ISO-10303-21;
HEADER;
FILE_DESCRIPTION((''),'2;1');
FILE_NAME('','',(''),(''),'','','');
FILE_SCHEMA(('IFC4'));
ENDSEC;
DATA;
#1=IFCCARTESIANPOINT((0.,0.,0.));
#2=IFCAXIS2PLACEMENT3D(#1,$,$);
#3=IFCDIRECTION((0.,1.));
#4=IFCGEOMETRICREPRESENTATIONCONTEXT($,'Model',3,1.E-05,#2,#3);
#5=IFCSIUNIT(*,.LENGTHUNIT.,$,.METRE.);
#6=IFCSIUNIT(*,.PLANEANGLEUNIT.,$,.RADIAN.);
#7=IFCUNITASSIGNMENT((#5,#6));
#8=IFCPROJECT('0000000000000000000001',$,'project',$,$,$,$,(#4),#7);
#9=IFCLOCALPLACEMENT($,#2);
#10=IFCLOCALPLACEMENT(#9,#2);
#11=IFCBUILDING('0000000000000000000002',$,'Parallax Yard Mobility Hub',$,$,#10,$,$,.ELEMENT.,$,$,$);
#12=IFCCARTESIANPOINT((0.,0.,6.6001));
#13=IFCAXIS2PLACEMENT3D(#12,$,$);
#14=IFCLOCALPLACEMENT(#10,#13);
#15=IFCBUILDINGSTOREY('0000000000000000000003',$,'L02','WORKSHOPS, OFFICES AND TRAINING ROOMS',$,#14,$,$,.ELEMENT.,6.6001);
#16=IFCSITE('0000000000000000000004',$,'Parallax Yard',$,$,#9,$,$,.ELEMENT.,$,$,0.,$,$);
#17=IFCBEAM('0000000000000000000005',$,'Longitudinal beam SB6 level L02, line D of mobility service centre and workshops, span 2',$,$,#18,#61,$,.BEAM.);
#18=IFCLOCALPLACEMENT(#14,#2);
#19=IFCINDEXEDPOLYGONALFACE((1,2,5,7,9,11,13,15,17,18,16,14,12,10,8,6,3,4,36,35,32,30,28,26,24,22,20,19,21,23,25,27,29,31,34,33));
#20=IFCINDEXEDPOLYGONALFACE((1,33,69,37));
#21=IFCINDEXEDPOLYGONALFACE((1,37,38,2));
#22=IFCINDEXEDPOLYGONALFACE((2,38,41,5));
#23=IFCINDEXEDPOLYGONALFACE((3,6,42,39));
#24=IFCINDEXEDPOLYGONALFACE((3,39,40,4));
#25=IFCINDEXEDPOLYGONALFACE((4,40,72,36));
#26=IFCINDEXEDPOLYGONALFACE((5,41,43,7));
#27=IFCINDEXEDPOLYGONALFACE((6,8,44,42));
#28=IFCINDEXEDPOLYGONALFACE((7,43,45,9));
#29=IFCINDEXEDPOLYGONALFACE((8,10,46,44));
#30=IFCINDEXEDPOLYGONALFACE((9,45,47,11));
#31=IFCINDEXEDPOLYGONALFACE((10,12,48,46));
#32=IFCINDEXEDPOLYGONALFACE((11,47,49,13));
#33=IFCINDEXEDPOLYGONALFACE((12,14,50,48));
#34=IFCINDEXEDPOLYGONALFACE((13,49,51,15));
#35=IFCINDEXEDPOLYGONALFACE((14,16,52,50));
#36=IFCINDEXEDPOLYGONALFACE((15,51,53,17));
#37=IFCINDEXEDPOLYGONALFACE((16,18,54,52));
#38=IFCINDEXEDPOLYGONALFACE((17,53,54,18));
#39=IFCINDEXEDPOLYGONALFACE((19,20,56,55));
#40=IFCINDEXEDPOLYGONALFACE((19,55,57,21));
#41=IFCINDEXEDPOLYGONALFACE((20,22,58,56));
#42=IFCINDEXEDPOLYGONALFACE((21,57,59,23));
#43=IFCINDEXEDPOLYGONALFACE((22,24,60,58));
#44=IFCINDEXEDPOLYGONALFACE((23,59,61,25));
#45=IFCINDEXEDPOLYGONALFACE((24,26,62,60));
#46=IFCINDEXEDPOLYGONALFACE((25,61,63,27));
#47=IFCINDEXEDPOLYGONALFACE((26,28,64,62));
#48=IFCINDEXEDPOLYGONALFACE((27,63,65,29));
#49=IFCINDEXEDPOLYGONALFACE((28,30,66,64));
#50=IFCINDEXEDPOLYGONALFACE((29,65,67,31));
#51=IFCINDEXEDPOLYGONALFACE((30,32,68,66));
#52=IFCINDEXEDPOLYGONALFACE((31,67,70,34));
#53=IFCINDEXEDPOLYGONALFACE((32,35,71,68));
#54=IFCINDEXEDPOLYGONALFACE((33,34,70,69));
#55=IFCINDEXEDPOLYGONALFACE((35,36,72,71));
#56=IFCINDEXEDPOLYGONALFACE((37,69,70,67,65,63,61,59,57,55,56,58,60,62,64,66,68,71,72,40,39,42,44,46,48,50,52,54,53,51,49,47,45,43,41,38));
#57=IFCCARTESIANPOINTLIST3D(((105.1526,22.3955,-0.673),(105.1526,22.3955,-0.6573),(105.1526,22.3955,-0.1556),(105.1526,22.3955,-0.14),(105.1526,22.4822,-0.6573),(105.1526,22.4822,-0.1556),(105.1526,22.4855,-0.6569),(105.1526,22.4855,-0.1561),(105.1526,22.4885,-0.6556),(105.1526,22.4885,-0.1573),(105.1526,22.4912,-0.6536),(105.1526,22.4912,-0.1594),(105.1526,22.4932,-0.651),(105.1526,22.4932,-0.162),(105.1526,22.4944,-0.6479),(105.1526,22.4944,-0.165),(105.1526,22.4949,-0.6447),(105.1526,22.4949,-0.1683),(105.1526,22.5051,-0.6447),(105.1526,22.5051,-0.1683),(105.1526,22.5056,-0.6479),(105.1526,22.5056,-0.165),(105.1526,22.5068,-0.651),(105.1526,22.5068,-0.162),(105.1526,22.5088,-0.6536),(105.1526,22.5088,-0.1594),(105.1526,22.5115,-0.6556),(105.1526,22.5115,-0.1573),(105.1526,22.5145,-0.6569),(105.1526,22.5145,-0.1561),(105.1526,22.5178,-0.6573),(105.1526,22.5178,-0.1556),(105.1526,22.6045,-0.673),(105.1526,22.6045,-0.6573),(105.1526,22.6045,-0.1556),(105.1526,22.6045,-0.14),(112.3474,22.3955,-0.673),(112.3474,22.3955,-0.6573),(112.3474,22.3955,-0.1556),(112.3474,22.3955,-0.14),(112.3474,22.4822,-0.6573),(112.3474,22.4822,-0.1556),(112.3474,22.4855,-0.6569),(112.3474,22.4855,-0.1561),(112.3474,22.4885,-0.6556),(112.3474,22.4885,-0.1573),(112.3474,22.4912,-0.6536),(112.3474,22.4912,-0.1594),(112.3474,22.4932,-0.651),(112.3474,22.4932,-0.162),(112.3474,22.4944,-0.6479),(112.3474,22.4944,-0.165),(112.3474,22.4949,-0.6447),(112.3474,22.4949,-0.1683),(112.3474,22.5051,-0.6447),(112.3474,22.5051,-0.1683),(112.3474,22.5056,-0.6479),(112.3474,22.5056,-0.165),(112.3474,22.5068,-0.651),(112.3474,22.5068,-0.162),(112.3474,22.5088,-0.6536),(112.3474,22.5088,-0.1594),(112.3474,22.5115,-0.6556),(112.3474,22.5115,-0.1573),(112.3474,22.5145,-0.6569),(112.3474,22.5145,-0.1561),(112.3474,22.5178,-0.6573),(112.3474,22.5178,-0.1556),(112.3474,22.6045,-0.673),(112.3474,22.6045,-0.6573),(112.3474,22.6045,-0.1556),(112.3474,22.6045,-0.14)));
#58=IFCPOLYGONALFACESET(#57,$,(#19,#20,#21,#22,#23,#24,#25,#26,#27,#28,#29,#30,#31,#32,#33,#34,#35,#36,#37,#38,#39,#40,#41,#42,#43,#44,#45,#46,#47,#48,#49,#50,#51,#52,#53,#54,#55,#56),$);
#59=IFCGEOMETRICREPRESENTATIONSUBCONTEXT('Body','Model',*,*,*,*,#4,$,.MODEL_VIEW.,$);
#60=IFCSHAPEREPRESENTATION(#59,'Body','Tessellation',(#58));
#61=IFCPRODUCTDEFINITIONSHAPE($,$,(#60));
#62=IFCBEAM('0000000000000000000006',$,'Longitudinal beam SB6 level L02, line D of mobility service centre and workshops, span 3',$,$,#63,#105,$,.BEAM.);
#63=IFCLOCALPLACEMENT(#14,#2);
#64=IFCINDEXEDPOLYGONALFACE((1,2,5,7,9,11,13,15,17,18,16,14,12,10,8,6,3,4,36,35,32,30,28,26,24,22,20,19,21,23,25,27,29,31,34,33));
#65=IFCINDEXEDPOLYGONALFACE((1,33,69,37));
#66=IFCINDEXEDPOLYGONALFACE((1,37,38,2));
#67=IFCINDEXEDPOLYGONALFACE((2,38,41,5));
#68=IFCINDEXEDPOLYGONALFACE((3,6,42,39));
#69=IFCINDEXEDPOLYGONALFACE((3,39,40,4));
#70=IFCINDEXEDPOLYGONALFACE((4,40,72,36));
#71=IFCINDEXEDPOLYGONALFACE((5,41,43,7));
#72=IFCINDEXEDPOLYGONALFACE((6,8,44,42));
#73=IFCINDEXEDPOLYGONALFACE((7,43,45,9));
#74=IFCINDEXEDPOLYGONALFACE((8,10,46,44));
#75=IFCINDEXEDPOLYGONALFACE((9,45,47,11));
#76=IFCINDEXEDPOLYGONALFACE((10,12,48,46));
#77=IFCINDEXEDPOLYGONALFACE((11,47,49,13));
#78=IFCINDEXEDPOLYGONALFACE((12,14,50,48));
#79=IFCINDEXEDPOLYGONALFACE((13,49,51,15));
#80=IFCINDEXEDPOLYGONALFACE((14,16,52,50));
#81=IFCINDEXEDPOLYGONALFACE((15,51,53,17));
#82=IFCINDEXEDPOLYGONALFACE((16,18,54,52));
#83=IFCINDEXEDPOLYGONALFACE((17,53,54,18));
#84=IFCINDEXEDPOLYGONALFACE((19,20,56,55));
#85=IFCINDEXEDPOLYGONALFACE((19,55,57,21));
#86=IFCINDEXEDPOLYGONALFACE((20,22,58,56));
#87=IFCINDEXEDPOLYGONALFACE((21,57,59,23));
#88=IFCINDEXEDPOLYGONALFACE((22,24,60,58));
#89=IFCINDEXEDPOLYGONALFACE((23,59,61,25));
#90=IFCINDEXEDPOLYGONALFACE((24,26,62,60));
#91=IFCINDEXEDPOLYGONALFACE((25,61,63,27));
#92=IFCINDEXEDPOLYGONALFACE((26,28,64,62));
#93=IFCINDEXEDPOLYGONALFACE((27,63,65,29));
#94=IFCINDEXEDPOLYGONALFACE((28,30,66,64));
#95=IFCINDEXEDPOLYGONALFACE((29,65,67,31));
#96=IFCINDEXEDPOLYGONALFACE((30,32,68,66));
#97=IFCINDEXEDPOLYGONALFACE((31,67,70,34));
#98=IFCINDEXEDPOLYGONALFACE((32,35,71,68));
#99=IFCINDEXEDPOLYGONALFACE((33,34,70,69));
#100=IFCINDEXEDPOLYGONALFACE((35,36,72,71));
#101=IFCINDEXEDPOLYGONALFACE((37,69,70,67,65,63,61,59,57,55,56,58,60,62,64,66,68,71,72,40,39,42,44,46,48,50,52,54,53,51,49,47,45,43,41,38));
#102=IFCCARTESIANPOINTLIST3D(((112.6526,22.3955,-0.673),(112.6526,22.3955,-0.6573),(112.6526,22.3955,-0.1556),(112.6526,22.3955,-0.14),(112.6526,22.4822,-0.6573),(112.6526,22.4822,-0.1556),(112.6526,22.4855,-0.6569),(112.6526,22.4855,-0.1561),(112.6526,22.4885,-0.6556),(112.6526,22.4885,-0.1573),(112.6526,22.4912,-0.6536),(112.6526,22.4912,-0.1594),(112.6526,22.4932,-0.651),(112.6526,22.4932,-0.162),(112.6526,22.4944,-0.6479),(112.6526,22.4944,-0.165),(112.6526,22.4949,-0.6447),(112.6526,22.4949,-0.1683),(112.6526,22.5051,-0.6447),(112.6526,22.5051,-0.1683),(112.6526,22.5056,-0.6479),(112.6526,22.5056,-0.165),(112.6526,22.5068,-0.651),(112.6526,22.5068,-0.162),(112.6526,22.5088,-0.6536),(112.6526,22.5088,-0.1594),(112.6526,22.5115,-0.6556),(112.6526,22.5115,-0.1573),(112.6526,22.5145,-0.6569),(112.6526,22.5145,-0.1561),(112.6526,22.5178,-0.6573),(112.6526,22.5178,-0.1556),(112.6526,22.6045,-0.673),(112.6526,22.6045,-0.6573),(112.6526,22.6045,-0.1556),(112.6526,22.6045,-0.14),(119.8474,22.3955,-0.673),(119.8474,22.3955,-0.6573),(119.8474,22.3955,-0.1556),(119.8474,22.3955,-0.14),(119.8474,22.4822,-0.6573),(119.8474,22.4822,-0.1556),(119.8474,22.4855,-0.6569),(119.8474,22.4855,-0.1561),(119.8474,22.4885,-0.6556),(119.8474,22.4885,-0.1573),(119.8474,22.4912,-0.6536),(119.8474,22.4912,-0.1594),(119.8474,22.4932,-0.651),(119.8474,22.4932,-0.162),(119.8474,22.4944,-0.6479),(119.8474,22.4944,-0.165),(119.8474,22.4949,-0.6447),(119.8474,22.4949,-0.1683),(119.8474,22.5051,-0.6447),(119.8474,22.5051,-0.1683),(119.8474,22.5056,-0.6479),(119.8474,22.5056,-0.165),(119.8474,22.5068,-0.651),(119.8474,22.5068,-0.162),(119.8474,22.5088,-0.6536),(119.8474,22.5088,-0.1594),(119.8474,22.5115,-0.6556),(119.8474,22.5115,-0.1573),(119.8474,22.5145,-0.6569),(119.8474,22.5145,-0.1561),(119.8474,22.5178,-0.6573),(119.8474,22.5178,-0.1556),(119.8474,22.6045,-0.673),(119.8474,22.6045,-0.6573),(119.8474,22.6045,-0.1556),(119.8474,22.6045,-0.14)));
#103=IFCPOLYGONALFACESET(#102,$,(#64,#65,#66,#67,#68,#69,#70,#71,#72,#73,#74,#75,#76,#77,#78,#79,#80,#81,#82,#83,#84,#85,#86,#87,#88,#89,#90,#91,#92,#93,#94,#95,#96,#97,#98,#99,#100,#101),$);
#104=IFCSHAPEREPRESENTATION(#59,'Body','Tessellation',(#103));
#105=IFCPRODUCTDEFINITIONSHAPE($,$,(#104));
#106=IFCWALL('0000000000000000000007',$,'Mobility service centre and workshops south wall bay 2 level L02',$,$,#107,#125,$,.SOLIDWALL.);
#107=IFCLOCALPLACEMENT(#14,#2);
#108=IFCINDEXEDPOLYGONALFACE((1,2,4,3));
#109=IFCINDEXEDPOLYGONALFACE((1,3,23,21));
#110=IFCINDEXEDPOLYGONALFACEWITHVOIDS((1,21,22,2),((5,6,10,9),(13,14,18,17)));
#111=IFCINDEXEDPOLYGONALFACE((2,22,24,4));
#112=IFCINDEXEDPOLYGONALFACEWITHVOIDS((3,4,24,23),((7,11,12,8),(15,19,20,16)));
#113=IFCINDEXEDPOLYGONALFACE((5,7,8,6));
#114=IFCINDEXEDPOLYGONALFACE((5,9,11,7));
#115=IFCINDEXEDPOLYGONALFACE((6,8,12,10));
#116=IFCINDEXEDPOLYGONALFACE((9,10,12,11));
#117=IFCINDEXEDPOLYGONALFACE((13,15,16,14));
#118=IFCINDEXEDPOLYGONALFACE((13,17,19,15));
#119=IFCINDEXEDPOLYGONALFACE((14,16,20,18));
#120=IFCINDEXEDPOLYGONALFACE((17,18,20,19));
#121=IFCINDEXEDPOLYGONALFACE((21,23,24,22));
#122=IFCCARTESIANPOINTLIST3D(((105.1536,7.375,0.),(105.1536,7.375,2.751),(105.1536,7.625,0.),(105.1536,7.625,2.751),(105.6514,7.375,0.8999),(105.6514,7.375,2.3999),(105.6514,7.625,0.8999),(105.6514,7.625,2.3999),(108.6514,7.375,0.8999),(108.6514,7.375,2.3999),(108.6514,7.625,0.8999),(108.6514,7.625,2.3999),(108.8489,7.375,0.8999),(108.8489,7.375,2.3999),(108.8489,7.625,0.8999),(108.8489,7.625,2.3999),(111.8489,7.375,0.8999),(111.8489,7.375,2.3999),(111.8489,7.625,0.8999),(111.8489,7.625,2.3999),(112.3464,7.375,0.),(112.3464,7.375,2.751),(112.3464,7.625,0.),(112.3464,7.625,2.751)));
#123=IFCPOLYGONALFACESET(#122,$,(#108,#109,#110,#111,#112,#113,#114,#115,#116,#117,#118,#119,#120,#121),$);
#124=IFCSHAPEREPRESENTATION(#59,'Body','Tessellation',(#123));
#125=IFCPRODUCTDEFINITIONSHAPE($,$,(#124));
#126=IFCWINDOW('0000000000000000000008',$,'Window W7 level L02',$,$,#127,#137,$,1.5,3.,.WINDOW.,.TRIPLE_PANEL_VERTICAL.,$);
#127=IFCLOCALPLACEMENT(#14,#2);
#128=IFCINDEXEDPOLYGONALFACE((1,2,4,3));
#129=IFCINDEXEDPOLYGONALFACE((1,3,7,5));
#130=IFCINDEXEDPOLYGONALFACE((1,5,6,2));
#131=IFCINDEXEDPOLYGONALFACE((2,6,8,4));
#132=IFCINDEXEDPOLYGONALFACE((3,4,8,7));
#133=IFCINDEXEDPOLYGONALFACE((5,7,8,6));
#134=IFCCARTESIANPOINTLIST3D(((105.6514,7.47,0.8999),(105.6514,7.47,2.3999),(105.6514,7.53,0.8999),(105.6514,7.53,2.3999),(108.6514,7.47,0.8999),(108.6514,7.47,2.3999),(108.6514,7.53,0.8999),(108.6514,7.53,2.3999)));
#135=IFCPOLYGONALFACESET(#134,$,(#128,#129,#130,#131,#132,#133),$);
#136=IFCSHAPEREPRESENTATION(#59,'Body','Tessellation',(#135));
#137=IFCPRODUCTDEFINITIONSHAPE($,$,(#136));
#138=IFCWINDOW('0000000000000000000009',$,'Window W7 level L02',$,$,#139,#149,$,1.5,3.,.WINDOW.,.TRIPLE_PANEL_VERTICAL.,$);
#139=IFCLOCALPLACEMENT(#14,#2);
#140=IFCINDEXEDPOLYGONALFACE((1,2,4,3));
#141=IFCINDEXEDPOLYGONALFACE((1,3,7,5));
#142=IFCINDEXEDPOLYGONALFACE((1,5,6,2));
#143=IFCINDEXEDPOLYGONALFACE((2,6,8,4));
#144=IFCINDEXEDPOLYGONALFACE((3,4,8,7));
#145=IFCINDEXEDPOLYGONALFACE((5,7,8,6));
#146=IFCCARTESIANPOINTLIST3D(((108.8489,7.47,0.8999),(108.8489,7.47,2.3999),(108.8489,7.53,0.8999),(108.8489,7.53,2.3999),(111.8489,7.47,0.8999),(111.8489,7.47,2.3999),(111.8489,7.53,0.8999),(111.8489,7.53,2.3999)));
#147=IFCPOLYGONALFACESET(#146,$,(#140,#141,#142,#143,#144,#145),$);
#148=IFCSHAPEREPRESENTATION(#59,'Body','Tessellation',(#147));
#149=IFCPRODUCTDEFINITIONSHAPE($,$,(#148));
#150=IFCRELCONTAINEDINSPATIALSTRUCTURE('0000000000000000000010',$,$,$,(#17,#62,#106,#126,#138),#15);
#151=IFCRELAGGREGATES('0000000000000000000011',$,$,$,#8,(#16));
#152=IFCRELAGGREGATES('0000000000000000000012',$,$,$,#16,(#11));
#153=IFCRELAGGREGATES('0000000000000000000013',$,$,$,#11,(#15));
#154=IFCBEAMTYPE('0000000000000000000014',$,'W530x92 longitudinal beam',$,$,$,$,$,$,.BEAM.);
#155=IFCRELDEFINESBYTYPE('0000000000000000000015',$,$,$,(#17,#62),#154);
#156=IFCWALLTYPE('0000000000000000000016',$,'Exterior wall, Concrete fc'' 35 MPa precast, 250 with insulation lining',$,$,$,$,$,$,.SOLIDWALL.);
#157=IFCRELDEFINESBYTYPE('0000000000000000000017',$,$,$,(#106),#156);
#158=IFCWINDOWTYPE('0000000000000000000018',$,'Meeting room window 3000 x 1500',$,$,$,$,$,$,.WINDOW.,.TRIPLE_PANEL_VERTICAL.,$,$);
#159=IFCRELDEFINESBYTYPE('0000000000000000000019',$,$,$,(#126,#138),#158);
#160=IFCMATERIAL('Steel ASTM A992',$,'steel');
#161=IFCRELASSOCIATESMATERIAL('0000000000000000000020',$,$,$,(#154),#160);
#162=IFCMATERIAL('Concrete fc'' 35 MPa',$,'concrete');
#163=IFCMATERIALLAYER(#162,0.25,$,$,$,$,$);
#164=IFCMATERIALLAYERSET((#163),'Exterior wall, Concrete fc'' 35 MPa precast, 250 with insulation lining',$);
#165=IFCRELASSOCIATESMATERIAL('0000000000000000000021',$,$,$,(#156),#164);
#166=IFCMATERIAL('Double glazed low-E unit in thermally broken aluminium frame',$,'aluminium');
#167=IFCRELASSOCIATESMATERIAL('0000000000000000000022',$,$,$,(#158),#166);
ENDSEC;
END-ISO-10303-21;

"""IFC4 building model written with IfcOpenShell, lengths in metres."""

from ifc_helpers import new_model, si_unit, direction, frame, frame_2d, origin, origin_2d, place, context, subcontext, project, spatial, rectangle, i_section, extrude, material, layer, layer_set, material_profile, profile_set, type_object, element, fill, save


model = new_model("IFC4")

# Units and contexts
model_context = context("Model", 3, precision=1e-05, world=origin(), true_north=direction((0.0, 1.0)))
body_context = subcontext(model_context, "Body", "Model", "MODEL_VIEW")
ifc_project = project(units=[si_unit("LENGTHUNIT", "METRE"), si_unit("PLANEANGLEUNIT", "RADIAN")], contexts=[model_context])

# Site, building, storey
site_placement = place(None, origin())
site = spatial("IfcSite", under=ifc_project, at=site_placement, Name="Parallax Yard", CompositionType="ELEMENT", RefElevation=0.0)
building_placement = place(site_placement, origin())
building = spatial("IfcBuilding", under=site, at=building_placement, Name="Parallax Yard Mobility Hub", CompositionType="ELEMENT")
storey_placement = place(building_placement, frame((0.0, 0.0, 6.6001)))
storey = spatial("IfcBuildingStorey", under=building, at=storey_placement, Name="L02", Description="WORKSHOPS, OFFICES AND TRAINING ROOMS", CompositionType="ELEMENT", Elevation=6.6001)

# Shared definitions
ifc_material_1 = material(Name="Steel ASTM A992", Category="steel")

# Beams
ifc_material_profile_1 = material_profile(ifc_material_1, i_section(OverallWidth=0.209, OverallDepth=0.533, WebThickness=0.0103, FlangeThickness=0.0156, FilletRadius=0.0127, at=origin_2d()), Name="W530x92")
ifc_profile_set_1 = profile_set([ifc_material_profile_1], Name="Steel ASTM A992")
beam_type_1 = type_object("IfcBeamType", Name="W530x92 longitudinal beam", PredefinedType="BEAM", material=ifc_profile_set_1)
for number, where, z_axis, x_axis, name in (
    (1, (105.1526, 22.5, -0.4065), (1.0, 0.0, 0.0), (0.0, 1.0, 0.0), "Longitudinal beam SB6 level L02, line D of mobility service centre and workshops, span 2"),
    (2, (112.6526, 22.5, -0.4065), (1.0, 0.0, 0.0), (0.0, 1.0, 0.0), "Longitudinal beam SB6 level L02, line D of mobility service centre and workshops, span 3"),
):
    element("IfcBeam", number, at=place(storey_placement, frame(where, z_axis=z_axis, x_axis=x_axis)), inside=storey, type_object=beam_type_1, Name=name, PredefinedType="BEAM", context=body_context, shape_type="SweptSolid", body=[
        extrude(i_section(OverallWidth=0.209, OverallDepth=0.533, WebThickness=0.0103, FlangeThickness=0.0156, FilletRadius=0.0127, at=origin_2d()), origin(), (0.0, 0.0, 1.0), 7.1948),
    ])

# Wall, openings, windows
ifc_material_2 = material(Name="Concrete fc' 35 MPa", Category="concrete")
ifc_layer = layer(ifc_material_2, 0.25)
ifc_layer_set = layer_set([ifc_layer], Name="Exterior wall, Concrete fc' 35 MPa precast, 250 with insulation lining")
wall_type = type_object("IfcWallType", Name="Exterior wall, Concrete fc' 35 MPa precast, 250 with insulation lining", PredefinedType="SOLIDWALL", material=ifc_layer_set)
wall_placement = place(storey_placement, frame((105.1536, 7.5, 0.0), z_axis=(0.0, 0.0, 1.0), x_axis=(1.0, 0.0, 0.0)))
wall = element("IfcWall", 3, at=wall_placement, inside=storey, type_object=wall_type, Name="Mobility service centre and workshops south wall bay 2 level L02", PredefinedType="SOLIDWALL", context=body_context, shape_type="SweptSolid", body=[
    extrude(rectangle(XDim=7.1929, YDim=0.25, at=frame_2d((3.5964, 0.0))), origin(), (0.0, 0.0, 1.0), 2.751),
])
opening_1_placement = place(wall_placement, frame((0.4978, 0.0, 0.8999)))
opening_1 = element("IfcOpeningElement", 4, at=opening_1_placement, cuts=wall, PredefinedType="OPENING", context=body_context, shape_type="SweptSolid", body=[
    extrude(rectangle(XDim=3.0, YDim=1.5, at=frame_2d((1.5, 0.75))), frame((0.0, 0.135, 0.0), z_axis=(0.0, -1.0, 0.0), x_axis=(1.0, 0.0, 0.0)), (0.0, 0.0, 1.0), 0.27),
])
opening_2_placement = place(wall_placement, frame((3.6953, 0.0, 0.8999)))
opening_2 = element("IfcOpeningElement", 5, at=opening_2_placement, cuts=wall, PredefinedType="OPENING", context=body_context, shape_type="SweptSolid", body=[
    extrude(rectangle(XDim=3.0, YDim=1.5, at=frame_2d((1.5, 0.75))), frame((0.0, 0.135, 0.0), z_axis=(0.0, -1.0, 0.0), x_axis=(1.0, 0.0, 0.0)), (0.0, 0.0, 1.0), 0.27),
])
ifc_material_3 = material(Name="Double glazed low-E unit in thermally broken aluminium frame", Category="aluminium")
window_type = type_object("IfcWindowType", Name="Meeting room window 3000 x 1500", PartitioningType="TRIPLE_PANEL_VERTICAL", PredefinedType="WINDOW", material=ifc_material_3)
window_1_placement = place(opening_1_placement, origin())
window_1 = element("IfcWindow", 6, at=window_1_placement, inside=storey, type_object=window_type, Name="Window W7 level L02", OverallHeight=1.5, OverallWidth=3.0, PartitioningType="TRIPLE_PANEL_VERTICAL", PredefinedType="WINDOW", context=body_context, shape_type="SweptSolid", body=[
    extrude(rectangle(XDim=3.0, YDim=1.5, at=frame_2d((1.5, 0.75))), frame((0.0, 0.03, 0.0), z_axis=(0.0, -1.0, 0.0), x_axis=(1.0, 0.0, 0.0)), (0.0, 0.0, 1.0), 0.0601),
])
fill(opening_1, window_1)
window_2_placement = place(opening_2_placement, origin())
window_2 = element("IfcWindow", 7, at=window_2_placement, inside=storey, type_object=window_type, Name="Window W7 level L02", OverallHeight=1.5, OverallWidth=3.0, PartitioningType="TRIPLE_PANEL_VERTICAL", PredefinedType="WINDOW", context=body_context, shape_type="SweptSolid", body=[
    extrude(rectangle(XDim=3.0, YDim=1.5, at=frame_2d((1.5, 0.75))), frame((0.0, 0.03, 0.0), z_axis=(0.0, -1.0, 0.0), x_axis=(1.0, 0.0, 0.0)), (0.0, 0.0, 1.0), 0.0601),
])
fill(opening_2, window_2)

save(model, "model.ifc")
